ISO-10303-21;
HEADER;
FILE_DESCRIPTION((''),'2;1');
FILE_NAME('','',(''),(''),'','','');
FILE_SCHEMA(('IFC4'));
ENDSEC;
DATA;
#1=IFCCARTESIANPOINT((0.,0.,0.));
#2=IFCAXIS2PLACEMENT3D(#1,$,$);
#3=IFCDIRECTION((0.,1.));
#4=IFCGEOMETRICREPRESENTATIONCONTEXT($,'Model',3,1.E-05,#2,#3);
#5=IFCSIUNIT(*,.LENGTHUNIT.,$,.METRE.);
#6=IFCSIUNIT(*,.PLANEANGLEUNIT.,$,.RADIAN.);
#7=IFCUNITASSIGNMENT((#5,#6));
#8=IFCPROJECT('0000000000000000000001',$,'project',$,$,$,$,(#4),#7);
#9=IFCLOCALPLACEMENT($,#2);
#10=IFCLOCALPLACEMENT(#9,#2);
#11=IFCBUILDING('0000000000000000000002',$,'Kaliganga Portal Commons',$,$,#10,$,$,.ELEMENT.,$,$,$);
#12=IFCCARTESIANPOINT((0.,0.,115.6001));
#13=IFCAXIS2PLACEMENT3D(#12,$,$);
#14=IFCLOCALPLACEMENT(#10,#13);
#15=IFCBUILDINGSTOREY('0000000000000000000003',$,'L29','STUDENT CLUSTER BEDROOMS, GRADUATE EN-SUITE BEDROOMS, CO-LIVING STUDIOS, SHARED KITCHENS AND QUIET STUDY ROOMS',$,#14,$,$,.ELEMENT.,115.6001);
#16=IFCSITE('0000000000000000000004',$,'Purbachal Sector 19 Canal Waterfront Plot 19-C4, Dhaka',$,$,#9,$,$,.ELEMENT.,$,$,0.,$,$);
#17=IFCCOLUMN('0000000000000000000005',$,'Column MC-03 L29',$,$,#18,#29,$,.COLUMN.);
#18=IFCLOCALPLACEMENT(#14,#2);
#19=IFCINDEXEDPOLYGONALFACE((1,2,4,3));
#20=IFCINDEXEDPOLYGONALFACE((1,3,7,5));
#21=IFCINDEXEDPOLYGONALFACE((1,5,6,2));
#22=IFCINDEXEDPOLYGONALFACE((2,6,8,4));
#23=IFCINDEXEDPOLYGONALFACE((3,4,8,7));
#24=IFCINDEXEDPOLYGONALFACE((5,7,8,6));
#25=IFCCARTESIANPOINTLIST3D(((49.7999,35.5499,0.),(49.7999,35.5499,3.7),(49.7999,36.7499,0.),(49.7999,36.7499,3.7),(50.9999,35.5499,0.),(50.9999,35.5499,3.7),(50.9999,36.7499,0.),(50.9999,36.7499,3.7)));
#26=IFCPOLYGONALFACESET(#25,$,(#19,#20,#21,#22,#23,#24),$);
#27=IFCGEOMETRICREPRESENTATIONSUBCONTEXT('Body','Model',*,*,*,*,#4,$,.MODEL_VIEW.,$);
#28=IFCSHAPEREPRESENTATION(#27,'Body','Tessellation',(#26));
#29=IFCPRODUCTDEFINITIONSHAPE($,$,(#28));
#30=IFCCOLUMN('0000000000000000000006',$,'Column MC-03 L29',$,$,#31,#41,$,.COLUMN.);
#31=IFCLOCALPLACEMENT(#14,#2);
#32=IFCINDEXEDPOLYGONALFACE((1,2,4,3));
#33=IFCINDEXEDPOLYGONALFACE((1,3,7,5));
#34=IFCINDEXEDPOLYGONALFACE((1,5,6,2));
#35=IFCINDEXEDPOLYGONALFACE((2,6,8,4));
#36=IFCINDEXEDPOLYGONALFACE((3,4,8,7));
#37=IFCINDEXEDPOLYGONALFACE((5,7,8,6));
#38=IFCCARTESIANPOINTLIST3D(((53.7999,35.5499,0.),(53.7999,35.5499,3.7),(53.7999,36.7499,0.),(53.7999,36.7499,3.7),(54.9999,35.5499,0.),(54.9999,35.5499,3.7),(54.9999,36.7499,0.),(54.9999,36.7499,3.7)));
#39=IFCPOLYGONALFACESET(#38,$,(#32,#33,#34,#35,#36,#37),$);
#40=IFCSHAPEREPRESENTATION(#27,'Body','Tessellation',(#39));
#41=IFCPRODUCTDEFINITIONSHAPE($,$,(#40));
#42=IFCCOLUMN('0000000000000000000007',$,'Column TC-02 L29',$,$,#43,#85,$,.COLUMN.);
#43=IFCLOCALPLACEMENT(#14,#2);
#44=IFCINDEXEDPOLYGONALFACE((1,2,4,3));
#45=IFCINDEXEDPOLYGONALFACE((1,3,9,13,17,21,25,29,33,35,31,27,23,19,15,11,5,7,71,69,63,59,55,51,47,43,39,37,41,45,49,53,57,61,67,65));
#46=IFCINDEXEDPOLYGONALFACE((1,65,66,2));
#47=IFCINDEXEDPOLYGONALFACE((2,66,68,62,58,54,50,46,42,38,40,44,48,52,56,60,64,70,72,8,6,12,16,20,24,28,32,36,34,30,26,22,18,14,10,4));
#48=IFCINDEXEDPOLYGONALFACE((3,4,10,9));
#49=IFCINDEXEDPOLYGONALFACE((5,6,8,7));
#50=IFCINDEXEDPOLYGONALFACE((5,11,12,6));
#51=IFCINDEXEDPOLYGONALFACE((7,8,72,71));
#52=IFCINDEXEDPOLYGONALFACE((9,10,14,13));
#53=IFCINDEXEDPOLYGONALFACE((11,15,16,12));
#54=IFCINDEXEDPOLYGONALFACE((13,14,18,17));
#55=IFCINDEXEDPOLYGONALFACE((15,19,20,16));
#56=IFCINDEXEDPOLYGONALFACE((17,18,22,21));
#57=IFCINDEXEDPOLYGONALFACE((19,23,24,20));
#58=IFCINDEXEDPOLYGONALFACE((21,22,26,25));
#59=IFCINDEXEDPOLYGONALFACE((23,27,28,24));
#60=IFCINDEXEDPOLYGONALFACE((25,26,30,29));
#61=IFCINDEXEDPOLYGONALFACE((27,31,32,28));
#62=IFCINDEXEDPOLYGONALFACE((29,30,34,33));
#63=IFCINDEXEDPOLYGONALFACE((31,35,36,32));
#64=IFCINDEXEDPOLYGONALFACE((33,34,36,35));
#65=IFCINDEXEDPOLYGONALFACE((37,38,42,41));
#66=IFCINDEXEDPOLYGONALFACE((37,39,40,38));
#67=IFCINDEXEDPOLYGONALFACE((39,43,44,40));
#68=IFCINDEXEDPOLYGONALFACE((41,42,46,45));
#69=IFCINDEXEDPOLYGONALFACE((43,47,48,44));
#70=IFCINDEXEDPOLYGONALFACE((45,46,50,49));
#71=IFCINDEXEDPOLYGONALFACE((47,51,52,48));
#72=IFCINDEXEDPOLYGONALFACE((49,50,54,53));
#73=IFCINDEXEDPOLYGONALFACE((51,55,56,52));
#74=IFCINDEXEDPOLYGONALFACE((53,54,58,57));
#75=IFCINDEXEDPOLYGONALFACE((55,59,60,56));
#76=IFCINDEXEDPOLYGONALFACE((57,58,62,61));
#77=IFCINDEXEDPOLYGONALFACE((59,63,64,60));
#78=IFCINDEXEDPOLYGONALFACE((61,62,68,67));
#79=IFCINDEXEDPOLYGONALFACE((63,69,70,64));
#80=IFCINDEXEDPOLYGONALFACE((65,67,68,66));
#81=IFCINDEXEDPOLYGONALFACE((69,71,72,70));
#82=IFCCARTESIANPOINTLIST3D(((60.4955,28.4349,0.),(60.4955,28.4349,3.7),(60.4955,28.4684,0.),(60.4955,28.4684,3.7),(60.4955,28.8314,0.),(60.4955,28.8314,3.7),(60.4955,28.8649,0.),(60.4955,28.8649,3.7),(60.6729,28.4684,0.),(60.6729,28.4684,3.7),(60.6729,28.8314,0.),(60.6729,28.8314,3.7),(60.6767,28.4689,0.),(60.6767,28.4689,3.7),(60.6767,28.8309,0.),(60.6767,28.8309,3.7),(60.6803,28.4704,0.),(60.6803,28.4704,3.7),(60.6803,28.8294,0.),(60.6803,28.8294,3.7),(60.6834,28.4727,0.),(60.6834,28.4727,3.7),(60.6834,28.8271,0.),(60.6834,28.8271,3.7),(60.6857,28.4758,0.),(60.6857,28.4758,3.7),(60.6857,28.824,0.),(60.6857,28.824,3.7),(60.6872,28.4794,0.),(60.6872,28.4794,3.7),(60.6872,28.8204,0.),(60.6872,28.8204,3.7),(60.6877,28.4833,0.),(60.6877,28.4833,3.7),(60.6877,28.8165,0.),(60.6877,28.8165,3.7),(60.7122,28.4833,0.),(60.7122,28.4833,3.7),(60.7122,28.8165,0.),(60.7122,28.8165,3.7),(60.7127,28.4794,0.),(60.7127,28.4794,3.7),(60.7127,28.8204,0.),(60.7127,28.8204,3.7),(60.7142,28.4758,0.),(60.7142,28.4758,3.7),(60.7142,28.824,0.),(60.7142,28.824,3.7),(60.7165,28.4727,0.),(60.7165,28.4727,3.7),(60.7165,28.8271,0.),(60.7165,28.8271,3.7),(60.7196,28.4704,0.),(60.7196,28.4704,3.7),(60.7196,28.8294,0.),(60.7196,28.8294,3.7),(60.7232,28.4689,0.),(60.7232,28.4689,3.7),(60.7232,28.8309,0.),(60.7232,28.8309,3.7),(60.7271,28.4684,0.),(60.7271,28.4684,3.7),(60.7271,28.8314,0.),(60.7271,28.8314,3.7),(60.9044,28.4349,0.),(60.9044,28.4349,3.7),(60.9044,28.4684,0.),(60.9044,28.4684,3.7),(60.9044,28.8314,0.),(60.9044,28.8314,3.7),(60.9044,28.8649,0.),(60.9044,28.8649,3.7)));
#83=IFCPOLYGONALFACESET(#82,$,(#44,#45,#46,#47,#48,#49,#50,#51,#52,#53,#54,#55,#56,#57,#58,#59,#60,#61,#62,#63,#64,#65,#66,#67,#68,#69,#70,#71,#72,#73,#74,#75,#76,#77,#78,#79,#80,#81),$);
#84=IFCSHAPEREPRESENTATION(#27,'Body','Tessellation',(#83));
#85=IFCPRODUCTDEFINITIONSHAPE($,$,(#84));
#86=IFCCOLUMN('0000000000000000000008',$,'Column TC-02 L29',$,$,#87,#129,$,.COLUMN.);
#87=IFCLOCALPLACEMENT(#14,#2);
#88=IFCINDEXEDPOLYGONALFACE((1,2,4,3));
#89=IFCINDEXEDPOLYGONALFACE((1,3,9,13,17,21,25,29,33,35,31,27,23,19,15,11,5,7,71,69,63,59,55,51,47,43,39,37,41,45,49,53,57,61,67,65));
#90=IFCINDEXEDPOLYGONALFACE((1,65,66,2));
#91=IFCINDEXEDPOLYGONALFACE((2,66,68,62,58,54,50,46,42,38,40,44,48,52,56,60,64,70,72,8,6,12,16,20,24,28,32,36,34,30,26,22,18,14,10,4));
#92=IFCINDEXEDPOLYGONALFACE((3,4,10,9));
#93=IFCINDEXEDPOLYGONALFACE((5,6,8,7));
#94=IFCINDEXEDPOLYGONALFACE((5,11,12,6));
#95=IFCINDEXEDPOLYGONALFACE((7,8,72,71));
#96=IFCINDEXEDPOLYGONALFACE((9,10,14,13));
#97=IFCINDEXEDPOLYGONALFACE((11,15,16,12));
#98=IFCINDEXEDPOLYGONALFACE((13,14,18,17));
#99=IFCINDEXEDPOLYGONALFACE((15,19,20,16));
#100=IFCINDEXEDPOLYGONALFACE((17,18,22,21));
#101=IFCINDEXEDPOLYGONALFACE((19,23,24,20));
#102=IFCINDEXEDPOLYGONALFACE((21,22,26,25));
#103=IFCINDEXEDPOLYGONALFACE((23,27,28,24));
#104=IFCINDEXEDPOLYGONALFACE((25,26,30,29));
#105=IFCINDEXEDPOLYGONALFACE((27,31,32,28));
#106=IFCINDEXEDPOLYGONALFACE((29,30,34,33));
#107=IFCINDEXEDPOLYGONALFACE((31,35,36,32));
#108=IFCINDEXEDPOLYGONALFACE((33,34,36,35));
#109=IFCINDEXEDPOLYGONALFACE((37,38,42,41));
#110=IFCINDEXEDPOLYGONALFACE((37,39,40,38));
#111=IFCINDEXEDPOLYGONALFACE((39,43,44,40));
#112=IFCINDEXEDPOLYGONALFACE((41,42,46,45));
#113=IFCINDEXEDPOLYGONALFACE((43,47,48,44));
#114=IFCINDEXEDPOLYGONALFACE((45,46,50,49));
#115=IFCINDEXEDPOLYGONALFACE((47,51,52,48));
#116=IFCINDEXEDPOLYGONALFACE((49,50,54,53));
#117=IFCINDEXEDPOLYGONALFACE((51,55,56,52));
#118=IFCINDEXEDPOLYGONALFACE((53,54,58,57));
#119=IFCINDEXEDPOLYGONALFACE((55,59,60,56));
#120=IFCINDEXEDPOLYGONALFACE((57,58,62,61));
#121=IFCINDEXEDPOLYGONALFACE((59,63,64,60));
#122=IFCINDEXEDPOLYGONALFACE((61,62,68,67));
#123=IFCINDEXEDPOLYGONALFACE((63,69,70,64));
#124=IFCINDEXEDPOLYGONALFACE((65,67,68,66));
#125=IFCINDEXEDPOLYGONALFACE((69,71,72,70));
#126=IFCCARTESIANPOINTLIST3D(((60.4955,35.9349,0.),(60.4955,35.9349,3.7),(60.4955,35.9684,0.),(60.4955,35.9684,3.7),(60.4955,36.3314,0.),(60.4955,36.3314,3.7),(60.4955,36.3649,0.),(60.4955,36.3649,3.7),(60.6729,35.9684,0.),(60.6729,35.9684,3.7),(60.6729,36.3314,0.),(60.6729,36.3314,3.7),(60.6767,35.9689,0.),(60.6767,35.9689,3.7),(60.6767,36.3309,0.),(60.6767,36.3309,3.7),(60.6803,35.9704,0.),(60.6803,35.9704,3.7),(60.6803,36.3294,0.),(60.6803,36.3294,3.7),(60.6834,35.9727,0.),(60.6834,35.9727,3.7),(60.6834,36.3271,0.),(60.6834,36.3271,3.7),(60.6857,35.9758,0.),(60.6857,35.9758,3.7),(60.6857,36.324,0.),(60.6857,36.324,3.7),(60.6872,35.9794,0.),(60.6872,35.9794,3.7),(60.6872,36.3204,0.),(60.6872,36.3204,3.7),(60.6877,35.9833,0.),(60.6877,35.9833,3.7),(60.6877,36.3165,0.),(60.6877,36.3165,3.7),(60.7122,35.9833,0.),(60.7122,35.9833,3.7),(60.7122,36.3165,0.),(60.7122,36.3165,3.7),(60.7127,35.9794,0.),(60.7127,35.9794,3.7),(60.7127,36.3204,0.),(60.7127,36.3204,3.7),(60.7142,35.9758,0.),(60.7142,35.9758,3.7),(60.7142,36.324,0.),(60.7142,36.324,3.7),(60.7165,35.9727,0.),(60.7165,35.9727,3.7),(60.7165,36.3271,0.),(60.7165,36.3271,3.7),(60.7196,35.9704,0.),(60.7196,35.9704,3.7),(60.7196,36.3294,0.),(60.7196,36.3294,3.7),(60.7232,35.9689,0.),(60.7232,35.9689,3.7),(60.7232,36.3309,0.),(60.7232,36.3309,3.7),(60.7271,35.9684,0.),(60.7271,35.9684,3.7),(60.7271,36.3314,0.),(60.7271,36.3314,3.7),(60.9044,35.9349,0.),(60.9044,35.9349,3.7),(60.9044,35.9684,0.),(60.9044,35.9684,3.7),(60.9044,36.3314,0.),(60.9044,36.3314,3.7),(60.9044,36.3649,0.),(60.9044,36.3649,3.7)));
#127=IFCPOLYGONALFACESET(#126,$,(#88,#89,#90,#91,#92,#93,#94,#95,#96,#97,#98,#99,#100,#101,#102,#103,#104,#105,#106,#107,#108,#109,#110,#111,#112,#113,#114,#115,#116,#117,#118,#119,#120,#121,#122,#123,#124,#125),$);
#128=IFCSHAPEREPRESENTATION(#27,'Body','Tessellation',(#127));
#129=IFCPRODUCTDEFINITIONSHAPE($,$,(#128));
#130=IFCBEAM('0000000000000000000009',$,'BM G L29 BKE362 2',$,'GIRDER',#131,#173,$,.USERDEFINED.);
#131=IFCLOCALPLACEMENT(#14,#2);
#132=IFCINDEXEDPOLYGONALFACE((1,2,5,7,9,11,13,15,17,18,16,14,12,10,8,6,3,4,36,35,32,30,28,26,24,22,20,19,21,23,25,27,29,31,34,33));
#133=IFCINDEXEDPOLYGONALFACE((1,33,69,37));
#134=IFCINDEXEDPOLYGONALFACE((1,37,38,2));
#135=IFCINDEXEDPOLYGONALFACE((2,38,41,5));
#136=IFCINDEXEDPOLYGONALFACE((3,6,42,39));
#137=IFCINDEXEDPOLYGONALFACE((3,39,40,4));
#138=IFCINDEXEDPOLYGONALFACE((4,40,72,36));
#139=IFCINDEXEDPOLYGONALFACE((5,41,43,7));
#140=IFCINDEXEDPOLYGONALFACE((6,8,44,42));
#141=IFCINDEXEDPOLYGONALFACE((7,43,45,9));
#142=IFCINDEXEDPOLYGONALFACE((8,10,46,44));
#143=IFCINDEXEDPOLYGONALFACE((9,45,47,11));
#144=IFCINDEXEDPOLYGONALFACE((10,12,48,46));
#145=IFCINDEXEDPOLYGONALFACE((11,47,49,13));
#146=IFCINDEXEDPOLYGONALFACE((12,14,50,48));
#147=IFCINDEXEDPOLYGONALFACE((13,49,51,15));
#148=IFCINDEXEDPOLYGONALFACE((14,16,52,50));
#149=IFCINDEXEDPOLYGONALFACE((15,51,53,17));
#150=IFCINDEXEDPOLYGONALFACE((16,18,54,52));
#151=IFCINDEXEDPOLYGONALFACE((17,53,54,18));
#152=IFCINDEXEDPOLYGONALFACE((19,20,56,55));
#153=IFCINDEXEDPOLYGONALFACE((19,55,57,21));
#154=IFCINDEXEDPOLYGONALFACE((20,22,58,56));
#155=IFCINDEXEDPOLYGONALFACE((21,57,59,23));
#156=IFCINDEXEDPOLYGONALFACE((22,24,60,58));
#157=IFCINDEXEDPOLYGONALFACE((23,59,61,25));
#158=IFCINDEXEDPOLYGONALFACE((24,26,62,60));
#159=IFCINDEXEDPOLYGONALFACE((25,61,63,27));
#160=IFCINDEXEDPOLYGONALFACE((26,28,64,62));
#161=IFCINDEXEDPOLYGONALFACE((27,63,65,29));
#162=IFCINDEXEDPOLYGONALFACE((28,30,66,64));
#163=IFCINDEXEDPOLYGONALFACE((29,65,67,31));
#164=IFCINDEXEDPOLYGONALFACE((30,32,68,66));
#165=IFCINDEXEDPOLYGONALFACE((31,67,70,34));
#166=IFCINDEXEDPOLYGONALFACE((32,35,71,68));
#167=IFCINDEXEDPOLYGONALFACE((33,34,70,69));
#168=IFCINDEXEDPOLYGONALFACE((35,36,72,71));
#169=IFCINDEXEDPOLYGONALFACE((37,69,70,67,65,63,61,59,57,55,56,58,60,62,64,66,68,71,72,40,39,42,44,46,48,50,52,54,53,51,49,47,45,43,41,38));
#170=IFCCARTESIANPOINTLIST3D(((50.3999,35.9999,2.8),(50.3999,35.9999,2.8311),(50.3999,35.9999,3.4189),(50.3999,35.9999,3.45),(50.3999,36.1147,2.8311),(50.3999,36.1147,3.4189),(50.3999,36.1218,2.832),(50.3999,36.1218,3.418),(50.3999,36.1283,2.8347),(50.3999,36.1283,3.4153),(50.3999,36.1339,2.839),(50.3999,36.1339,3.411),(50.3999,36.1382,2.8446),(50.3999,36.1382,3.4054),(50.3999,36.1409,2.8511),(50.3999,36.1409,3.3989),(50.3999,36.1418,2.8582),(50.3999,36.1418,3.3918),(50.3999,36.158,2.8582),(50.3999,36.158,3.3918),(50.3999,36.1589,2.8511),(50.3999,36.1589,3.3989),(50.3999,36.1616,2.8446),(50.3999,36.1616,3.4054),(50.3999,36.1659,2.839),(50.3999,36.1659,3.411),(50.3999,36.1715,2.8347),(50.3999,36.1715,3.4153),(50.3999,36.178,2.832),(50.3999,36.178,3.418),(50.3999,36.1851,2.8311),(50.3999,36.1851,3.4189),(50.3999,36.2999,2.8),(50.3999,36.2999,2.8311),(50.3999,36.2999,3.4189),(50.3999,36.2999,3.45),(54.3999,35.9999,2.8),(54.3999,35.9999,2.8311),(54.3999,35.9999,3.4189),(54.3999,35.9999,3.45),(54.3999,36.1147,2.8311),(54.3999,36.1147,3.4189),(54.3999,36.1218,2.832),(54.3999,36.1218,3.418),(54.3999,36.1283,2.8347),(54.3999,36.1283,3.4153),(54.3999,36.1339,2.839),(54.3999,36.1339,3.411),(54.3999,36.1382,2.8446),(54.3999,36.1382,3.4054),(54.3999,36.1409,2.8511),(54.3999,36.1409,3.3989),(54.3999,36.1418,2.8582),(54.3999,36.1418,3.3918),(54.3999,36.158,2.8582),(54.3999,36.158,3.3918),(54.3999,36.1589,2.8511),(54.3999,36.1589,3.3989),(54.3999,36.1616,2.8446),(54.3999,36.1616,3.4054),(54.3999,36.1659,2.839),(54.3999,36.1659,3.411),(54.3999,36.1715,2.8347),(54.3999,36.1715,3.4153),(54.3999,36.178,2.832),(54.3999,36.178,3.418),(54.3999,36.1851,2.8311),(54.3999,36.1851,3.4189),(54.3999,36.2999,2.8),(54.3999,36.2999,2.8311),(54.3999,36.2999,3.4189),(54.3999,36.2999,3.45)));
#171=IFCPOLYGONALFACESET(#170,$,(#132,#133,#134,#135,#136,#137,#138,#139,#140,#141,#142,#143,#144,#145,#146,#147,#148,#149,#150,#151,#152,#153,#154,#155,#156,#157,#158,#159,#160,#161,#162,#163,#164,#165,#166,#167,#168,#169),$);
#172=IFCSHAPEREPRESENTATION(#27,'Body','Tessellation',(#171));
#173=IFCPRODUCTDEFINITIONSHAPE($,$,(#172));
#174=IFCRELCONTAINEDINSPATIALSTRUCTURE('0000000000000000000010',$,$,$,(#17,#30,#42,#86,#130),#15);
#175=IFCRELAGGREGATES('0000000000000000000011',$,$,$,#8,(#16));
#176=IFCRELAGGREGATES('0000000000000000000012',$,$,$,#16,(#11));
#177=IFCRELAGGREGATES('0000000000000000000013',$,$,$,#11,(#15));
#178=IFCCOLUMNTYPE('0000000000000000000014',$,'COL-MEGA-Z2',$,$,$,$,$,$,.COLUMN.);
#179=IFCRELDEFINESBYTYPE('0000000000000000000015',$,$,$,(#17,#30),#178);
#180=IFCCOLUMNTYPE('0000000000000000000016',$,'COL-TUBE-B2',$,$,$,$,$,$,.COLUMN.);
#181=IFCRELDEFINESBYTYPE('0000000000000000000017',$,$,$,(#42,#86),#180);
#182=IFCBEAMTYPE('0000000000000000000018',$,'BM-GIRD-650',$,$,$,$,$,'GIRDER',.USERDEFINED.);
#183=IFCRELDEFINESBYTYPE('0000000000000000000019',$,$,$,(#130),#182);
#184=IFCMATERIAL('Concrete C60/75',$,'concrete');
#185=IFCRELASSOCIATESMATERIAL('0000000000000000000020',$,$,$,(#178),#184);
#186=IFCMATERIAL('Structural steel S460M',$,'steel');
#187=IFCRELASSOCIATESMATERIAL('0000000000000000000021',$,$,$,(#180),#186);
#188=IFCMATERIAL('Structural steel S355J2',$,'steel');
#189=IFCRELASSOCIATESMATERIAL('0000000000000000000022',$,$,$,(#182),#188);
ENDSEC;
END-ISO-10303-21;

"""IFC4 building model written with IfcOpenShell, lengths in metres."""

from ifc_helpers import new_model, si_unit, direction, frame, origin, origin_2d, place, context, subcontext, project, spatial, rectangle, i_section, extrude, source, transform, mapped, material, material_profile, profile_set, type_object, element, save


model = new_model("IFC4")

# Units and contexts
model_context = context("Model", 3, precision=1e-05, world=origin(), true_north=direction((0.0, 1.0)))
body_context = subcontext(model_context, "Body", "Model", "MODEL_VIEW")
ifc_project = project(units=[si_unit("LENGTHUNIT", "METRE"), si_unit("PLANEANGLEUNIT", "RADIAN")], contexts=[model_context])

# Site, building, storey
site_placement = place(None, origin())
site = spatial("IfcSite", under=ifc_project, at=site_placement, Name="Purbachal Sector 19 Canal Waterfront Plot 19-C4, Dhaka", CompositionType="ELEMENT", RefElevation=0.0)
building_placement = place(site_placement, origin())
building = spatial("IfcBuilding", under=site, at=building_placement, Name="Kaliganga Portal Commons", CompositionType="ELEMENT")
storey_placement = place(building_placement, frame((0.0, 0.0, 115.6001)))
storey = spatial("IfcBuildingStorey", under=building, at=storey_placement, Name="L29", Description="STUDENT CLUSTER BEDROOMS, GRADUATE EN-SUITE BEDROOMS, CO-LIVING STUDIOS, SHARED KITCHENS AND QUIET STUDY ROOMS", CompositionType="ELEMENT", Elevation=115.6001)

# Columns
ifc_material_1 = material(Name="Concrete C60/75", Category="concrete")
ifc_material_profile_1 = material_profile(ifc_material_1, rectangle(XDim=1.2, YDim=1.2, at=origin_2d()), Name="RC 1200x1200")
ifc_profile_set_1 = profile_set([ifc_material_profile_1], Name="Concrete C60/75")
column_type_1 = type_object("IfcColumnType", Name="COL-MEGA-Z2", PredefinedType="COLUMN", material=ifc_profile_set_1)
shared_shape_1 = source(origin(), body_context, "Body", "SweptSolid", [
    extrude(rectangle(XDim=1.2, YDim=1.2, at=origin_2d()), origin(), (0.0, 0.0, 1.0), 3.7),
])
for number, where, z_axis, x_axis, name in (
    (1, (50.3999, 36.1499, 0.0), (0.0, 0.0, 1.0), (1.0, 0.0, 0.0), "Column MC-03 L29"),
    (2, (54.3999, 36.1499, 0.0), (0.0, 0.0, 1.0), (1.0, 0.0, 0.0), "Column MC-03 L29"),
):
    element("IfcColumn", number, at=place(storey_placement, frame(where, z_axis=z_axis, x_axis=x_axis)), inside=storey, type_object=column_type_1, Name=name, PredefinedType="COLUMN", context=body_context, shape_type="MappedRepresentation", body=[
        mapped(shared_shape_1, transform((0.0, 0.0, 0.0), x_axis=(1.0, 0.0, 0.0), y_axis=(0.0, 1.0, 0.0), z_axis=(0.0, 0.0, 1.0), scale=1.0)),
    ])
ifc_material_2 = material(Name="Structural steel S460M", Category="steel")
ifc_material_profile_2 = material_profile(ifc_material_2, i_section(OverallWidth=0.4089, OverallDepth=0.4299, WebThickness=0.0244, FlangeThickness=0.0334, FilletRadius=0.0149, at=origin_2d()), Name="HD 400x421")
ifc_profile_set_2 = profile_set([ifc_material_profile_2], Name="Structural steel S460M wide-flange")
column_type_2 = type_object("IfcColumnType", Name="COL-TUBE-B2", PredefinedType="COLUMN", material=ifc_profile_set_2)
shared_shape_2 = source(origin(), body_context, "Body", "SweptSolid", [
    extrude(i_section(OverallWidth=0.4089, OverallDepth=0.4299, WebThickness=0.0244, FlangeThickness=0.0334, FilletRadius=0.0149, at=origin_2d()), origin(), (0.0, 0.0, 1.0), 3.7),
])
for number, where, z_axis, x_axis, name in (
    (3, (60.7, 28.6499, 0.0), (0.0, 0.0, 1.0), (1.0, 0.0, 0.0), "Column TC-02 L29"),
    (4, (60.7, 36.1499, 0.0), (0.0, 0.0, 1.0), (1.0, 0.0, 0.0), "Column TC-02 L29"),
):
    element("IfcColumn", number, at=place(storey_placement, frame(where, z_axis=z_axis, x_axis=x_axis)), inside=storey, type_object=column_type_2, Name=name, PredefinedType="COLUMN", context=body_context, shape_type="MappedRepresentation", body=[
        mapped(shared_shape_2, transform((0.0, 0.0, 0.0), x_axis=(1.0, 0.0, 0.0), y_axis=(0.0, 1.0, 0.0), z_axis=(0.0, 0.0, 1.0), scale=1.0)),
    ])

# Beam
ifc_material_3 = material(Name="Structural steel S355J2", Category="steel")
ifc_material_profile_3 = material_profile(ifc_material_3, i_section(OverallWidth=0.3, OverallDepth=0.6499, WebThickness=0.0161, FlangeThickness=0.031, FilletRadius=0.0271, at=origin_2d()), Name="HE 650 B")
ifc_profile_set_3 = profile_set([ifc_material_profile_3], Name="Structural steel S355J2 wide-flange")
beam_type_1 = type_object("IfcBeamType", Name="BM-GIRD-650", ElementType="GIRDER", PredefinedType="USERDEFINED", material=ifc_profile_set_3)
shared_shape_3 = source(origin(), body_context, "Body", "SweptSolid", [
    extrude(i_section(OverallWidth=0.3, OverallDepth=0.6499, WebThickness=0.0161, FlangeThickness=0.031, FilletRadius=0.0271, at=origin_2d()), origin(), (0.0, 0.0, 1.0), 4.0),
])
beam_1_placement = place(storey_placement, frame((50.3999, 36.1499, 3.125), z_axis=(1.0, 0.0, 0.0), x_axis=(0.0, 1.0, 0.0)))
element("IfcBeam", 5, at=beam_1_placement, inside=storey, type_object=beam_type_1, Name="BM G L29 BKE362 2", ObjectType="GIRDER", PredefinedType="USERDEFINED", context=body_context, shape_type="MappedRepresentation", body=[
    mapped(shared_shape_3, transform((0.0, 0.0, 0.0), x_axis=(1.0, 0.0, 0.0), y_axis=(0.0, 1.0, 0.0), z_axis=(0.0, 0.0, 1.0), scale=1.0)),
])

save(model, "model.ifc")
